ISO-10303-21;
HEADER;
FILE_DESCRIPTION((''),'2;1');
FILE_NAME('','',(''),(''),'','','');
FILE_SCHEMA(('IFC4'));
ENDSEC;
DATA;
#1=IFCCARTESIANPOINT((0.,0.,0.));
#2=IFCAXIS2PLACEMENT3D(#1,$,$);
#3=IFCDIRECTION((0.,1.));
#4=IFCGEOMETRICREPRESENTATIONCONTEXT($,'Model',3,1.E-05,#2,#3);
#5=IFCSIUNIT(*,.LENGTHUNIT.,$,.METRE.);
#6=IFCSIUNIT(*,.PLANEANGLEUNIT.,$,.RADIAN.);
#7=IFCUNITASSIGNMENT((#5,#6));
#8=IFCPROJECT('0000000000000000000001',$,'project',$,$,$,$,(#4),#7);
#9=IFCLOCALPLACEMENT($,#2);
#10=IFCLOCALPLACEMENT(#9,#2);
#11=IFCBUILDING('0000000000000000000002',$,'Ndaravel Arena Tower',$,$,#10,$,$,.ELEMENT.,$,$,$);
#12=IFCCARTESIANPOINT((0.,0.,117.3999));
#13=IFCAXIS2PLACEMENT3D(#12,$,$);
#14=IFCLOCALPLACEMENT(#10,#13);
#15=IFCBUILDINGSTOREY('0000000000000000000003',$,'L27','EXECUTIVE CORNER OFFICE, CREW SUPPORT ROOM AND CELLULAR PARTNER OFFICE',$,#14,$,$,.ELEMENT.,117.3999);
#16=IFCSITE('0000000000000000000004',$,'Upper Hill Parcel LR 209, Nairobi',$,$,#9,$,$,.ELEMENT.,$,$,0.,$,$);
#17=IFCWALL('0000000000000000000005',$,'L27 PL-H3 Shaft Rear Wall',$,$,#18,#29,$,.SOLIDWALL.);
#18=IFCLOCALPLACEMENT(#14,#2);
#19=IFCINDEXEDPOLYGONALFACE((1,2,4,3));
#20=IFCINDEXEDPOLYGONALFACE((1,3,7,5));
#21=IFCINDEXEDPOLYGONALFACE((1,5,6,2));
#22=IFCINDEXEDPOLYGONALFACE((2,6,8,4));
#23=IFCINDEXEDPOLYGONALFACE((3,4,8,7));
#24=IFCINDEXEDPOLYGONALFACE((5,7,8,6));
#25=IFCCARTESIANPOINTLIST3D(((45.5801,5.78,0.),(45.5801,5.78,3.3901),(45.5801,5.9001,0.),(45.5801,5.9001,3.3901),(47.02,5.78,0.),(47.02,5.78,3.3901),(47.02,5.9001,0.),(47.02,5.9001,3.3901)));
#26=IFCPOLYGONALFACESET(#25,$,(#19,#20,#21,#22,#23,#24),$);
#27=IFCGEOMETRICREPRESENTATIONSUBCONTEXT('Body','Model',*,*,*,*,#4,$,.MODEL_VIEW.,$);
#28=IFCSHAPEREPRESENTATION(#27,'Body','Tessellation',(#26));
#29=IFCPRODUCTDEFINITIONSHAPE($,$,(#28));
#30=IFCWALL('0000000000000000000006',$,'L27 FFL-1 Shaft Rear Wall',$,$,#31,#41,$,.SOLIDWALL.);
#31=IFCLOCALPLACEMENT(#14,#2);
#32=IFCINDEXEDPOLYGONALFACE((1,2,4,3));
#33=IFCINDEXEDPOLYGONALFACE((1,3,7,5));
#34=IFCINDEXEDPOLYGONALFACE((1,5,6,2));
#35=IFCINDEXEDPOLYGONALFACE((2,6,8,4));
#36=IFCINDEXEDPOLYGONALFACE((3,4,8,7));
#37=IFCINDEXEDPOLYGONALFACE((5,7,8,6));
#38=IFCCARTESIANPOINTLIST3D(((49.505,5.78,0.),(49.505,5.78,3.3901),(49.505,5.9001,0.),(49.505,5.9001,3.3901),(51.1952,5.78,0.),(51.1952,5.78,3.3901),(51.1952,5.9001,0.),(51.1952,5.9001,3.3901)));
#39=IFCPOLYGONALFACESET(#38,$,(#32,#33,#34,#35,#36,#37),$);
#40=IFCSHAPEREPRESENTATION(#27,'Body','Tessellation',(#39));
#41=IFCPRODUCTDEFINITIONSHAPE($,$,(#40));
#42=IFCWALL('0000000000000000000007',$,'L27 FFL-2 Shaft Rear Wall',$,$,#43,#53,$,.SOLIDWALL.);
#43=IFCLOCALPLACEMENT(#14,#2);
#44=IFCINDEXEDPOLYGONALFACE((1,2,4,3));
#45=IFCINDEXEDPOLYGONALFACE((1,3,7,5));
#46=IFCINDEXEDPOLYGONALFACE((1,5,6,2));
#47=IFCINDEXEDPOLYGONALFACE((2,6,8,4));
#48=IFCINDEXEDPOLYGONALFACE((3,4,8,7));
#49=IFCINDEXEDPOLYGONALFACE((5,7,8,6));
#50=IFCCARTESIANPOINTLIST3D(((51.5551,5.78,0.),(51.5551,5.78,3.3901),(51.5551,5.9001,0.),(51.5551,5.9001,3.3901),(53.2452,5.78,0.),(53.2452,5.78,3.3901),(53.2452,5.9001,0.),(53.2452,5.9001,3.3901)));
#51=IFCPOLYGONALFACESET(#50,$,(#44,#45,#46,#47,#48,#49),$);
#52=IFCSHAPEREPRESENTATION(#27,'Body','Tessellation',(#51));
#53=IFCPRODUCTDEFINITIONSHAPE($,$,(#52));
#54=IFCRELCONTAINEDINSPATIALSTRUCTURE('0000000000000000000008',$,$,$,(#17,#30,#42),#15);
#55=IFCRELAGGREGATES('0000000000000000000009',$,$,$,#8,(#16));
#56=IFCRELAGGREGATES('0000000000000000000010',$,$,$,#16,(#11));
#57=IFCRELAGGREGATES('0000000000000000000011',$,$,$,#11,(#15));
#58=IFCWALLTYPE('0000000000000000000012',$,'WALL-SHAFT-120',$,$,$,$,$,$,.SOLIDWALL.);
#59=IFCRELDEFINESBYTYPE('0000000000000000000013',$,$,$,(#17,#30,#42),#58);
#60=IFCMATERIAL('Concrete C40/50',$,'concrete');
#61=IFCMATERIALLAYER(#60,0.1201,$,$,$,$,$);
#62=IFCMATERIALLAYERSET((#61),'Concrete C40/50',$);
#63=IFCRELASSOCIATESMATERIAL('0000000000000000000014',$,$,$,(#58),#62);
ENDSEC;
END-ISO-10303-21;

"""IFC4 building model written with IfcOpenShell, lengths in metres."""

from ifc_helpers import new_model, si_unit, direction, frame, frame_2d, origin, place, context, subcontext, project, spatial, rectangle, extrude, material, layer, layer_set, type_object, element, save


model = new_model("IFC4")

# Units and contexts
model_context = context("Model", 3, precision=1e-05, world=origin(), true_north=direction((0.0, 1.0)))
body_context = subcontext(model_context, "Body", "Model", "MODEL_VIEW")
ifc_project = project(units=[si_unit("LENGTHUNIT", "METRE"), si_unit("PLANEANGLEUNIT", "RADIAN")], contexts=[model_context])

# Site, building, storey
site_placement = place(None, origin())
site = spatial("IfcSite", under=ifc_project, at=site_placement, Name="Upper Hill Parcel LR 209, Nairobi", CompositionType="ELEMENT", RefElevation=0.0)
building_placement = place(site_placement, origin())
building = spatial("IfcBuilding", under=site, at=building_placement, Name="Ndaravel Arena Tower", CompositionType="ELEMENT")
storey_placement = place(building_placement, frame((0.0, 0.0, 117.3999)))
storey = spatial("IfcBuildingStorey", under=building, at=storey_placement, Name="L27", Description="EXECUTIVE CORNER OFFICE, CREW SUPPORT ROOM AND CELLULAR PARTNER OFFICE", CompositionType="ELEMENT", Elevation=117.3999)

# Walls
ifc_material_1 = material(Name="Concrete C40/50", Category="concrete")
ifc_layer_1 = layer(ifc_material_1, 0.1201)
ifc_layer_set_1 = layer_set([ifc_layer_1], Name="Concrete C40/50")
wall_type_1 = type_object("IfcWallType", Name="WALL-SHAFT-120", PredefinedType="SOLIDWALL", material=ifc_layer_set_1)
wall_1_placement = place(storey_placement, frame((45.5801, 5.8401, 0.0), z_axis=(0.0, 0.0, 1.0), x_axis=(1.0, 0.0, 0.0)))
element("IfcWall", 1, at=wall_1_placement, inside=storey, type_object=wall_type_1, Name="L27 PL-H3 Shaft Rear Wall", PredefinedType="SOLIDWALL", context=body_context, shape_type="SweptSolid", body=[
    extrude(rectangle(XDim=1.4399, YDim=0.1201, at=frame_2d((0.72, 0.0))), origin(), (0.0, 0.0, 1.0), 3.3901),
])
for number, where, z_axis, x_axis, name in (
    (2, (49.5049, 5.8401, 0.0), (0.0, 0.0, 1.0), (1.0, 0.0, 0.0), "L27 FFL-1 Shaft Rear Wall"),
    (3, (51.5549, 5.8401, 0.0), (0.0, 0.0, 1.0), (1.0, 0.0, 0.0), "L27 FFL-2 Shaft Rear Wall"),
):
    element("IfcWall", number, at=place(storey_placement, frame(where, z_axis=z_axis, x_axis=x_axis)), inside=storey, type_object=wall_type_1, Name=name, PredefinedType="SOLIDWALL", context=body_context, shape_type="SweptSolid", body=[
        extrude(rectangle(XDim=1.6902, YDim=0.1201, at=frame_2d((0.8452, 0.0))), origin(), (0.0, 0.0, 1.0), 3.3901),
    ])

save(model, "model.ifc")
